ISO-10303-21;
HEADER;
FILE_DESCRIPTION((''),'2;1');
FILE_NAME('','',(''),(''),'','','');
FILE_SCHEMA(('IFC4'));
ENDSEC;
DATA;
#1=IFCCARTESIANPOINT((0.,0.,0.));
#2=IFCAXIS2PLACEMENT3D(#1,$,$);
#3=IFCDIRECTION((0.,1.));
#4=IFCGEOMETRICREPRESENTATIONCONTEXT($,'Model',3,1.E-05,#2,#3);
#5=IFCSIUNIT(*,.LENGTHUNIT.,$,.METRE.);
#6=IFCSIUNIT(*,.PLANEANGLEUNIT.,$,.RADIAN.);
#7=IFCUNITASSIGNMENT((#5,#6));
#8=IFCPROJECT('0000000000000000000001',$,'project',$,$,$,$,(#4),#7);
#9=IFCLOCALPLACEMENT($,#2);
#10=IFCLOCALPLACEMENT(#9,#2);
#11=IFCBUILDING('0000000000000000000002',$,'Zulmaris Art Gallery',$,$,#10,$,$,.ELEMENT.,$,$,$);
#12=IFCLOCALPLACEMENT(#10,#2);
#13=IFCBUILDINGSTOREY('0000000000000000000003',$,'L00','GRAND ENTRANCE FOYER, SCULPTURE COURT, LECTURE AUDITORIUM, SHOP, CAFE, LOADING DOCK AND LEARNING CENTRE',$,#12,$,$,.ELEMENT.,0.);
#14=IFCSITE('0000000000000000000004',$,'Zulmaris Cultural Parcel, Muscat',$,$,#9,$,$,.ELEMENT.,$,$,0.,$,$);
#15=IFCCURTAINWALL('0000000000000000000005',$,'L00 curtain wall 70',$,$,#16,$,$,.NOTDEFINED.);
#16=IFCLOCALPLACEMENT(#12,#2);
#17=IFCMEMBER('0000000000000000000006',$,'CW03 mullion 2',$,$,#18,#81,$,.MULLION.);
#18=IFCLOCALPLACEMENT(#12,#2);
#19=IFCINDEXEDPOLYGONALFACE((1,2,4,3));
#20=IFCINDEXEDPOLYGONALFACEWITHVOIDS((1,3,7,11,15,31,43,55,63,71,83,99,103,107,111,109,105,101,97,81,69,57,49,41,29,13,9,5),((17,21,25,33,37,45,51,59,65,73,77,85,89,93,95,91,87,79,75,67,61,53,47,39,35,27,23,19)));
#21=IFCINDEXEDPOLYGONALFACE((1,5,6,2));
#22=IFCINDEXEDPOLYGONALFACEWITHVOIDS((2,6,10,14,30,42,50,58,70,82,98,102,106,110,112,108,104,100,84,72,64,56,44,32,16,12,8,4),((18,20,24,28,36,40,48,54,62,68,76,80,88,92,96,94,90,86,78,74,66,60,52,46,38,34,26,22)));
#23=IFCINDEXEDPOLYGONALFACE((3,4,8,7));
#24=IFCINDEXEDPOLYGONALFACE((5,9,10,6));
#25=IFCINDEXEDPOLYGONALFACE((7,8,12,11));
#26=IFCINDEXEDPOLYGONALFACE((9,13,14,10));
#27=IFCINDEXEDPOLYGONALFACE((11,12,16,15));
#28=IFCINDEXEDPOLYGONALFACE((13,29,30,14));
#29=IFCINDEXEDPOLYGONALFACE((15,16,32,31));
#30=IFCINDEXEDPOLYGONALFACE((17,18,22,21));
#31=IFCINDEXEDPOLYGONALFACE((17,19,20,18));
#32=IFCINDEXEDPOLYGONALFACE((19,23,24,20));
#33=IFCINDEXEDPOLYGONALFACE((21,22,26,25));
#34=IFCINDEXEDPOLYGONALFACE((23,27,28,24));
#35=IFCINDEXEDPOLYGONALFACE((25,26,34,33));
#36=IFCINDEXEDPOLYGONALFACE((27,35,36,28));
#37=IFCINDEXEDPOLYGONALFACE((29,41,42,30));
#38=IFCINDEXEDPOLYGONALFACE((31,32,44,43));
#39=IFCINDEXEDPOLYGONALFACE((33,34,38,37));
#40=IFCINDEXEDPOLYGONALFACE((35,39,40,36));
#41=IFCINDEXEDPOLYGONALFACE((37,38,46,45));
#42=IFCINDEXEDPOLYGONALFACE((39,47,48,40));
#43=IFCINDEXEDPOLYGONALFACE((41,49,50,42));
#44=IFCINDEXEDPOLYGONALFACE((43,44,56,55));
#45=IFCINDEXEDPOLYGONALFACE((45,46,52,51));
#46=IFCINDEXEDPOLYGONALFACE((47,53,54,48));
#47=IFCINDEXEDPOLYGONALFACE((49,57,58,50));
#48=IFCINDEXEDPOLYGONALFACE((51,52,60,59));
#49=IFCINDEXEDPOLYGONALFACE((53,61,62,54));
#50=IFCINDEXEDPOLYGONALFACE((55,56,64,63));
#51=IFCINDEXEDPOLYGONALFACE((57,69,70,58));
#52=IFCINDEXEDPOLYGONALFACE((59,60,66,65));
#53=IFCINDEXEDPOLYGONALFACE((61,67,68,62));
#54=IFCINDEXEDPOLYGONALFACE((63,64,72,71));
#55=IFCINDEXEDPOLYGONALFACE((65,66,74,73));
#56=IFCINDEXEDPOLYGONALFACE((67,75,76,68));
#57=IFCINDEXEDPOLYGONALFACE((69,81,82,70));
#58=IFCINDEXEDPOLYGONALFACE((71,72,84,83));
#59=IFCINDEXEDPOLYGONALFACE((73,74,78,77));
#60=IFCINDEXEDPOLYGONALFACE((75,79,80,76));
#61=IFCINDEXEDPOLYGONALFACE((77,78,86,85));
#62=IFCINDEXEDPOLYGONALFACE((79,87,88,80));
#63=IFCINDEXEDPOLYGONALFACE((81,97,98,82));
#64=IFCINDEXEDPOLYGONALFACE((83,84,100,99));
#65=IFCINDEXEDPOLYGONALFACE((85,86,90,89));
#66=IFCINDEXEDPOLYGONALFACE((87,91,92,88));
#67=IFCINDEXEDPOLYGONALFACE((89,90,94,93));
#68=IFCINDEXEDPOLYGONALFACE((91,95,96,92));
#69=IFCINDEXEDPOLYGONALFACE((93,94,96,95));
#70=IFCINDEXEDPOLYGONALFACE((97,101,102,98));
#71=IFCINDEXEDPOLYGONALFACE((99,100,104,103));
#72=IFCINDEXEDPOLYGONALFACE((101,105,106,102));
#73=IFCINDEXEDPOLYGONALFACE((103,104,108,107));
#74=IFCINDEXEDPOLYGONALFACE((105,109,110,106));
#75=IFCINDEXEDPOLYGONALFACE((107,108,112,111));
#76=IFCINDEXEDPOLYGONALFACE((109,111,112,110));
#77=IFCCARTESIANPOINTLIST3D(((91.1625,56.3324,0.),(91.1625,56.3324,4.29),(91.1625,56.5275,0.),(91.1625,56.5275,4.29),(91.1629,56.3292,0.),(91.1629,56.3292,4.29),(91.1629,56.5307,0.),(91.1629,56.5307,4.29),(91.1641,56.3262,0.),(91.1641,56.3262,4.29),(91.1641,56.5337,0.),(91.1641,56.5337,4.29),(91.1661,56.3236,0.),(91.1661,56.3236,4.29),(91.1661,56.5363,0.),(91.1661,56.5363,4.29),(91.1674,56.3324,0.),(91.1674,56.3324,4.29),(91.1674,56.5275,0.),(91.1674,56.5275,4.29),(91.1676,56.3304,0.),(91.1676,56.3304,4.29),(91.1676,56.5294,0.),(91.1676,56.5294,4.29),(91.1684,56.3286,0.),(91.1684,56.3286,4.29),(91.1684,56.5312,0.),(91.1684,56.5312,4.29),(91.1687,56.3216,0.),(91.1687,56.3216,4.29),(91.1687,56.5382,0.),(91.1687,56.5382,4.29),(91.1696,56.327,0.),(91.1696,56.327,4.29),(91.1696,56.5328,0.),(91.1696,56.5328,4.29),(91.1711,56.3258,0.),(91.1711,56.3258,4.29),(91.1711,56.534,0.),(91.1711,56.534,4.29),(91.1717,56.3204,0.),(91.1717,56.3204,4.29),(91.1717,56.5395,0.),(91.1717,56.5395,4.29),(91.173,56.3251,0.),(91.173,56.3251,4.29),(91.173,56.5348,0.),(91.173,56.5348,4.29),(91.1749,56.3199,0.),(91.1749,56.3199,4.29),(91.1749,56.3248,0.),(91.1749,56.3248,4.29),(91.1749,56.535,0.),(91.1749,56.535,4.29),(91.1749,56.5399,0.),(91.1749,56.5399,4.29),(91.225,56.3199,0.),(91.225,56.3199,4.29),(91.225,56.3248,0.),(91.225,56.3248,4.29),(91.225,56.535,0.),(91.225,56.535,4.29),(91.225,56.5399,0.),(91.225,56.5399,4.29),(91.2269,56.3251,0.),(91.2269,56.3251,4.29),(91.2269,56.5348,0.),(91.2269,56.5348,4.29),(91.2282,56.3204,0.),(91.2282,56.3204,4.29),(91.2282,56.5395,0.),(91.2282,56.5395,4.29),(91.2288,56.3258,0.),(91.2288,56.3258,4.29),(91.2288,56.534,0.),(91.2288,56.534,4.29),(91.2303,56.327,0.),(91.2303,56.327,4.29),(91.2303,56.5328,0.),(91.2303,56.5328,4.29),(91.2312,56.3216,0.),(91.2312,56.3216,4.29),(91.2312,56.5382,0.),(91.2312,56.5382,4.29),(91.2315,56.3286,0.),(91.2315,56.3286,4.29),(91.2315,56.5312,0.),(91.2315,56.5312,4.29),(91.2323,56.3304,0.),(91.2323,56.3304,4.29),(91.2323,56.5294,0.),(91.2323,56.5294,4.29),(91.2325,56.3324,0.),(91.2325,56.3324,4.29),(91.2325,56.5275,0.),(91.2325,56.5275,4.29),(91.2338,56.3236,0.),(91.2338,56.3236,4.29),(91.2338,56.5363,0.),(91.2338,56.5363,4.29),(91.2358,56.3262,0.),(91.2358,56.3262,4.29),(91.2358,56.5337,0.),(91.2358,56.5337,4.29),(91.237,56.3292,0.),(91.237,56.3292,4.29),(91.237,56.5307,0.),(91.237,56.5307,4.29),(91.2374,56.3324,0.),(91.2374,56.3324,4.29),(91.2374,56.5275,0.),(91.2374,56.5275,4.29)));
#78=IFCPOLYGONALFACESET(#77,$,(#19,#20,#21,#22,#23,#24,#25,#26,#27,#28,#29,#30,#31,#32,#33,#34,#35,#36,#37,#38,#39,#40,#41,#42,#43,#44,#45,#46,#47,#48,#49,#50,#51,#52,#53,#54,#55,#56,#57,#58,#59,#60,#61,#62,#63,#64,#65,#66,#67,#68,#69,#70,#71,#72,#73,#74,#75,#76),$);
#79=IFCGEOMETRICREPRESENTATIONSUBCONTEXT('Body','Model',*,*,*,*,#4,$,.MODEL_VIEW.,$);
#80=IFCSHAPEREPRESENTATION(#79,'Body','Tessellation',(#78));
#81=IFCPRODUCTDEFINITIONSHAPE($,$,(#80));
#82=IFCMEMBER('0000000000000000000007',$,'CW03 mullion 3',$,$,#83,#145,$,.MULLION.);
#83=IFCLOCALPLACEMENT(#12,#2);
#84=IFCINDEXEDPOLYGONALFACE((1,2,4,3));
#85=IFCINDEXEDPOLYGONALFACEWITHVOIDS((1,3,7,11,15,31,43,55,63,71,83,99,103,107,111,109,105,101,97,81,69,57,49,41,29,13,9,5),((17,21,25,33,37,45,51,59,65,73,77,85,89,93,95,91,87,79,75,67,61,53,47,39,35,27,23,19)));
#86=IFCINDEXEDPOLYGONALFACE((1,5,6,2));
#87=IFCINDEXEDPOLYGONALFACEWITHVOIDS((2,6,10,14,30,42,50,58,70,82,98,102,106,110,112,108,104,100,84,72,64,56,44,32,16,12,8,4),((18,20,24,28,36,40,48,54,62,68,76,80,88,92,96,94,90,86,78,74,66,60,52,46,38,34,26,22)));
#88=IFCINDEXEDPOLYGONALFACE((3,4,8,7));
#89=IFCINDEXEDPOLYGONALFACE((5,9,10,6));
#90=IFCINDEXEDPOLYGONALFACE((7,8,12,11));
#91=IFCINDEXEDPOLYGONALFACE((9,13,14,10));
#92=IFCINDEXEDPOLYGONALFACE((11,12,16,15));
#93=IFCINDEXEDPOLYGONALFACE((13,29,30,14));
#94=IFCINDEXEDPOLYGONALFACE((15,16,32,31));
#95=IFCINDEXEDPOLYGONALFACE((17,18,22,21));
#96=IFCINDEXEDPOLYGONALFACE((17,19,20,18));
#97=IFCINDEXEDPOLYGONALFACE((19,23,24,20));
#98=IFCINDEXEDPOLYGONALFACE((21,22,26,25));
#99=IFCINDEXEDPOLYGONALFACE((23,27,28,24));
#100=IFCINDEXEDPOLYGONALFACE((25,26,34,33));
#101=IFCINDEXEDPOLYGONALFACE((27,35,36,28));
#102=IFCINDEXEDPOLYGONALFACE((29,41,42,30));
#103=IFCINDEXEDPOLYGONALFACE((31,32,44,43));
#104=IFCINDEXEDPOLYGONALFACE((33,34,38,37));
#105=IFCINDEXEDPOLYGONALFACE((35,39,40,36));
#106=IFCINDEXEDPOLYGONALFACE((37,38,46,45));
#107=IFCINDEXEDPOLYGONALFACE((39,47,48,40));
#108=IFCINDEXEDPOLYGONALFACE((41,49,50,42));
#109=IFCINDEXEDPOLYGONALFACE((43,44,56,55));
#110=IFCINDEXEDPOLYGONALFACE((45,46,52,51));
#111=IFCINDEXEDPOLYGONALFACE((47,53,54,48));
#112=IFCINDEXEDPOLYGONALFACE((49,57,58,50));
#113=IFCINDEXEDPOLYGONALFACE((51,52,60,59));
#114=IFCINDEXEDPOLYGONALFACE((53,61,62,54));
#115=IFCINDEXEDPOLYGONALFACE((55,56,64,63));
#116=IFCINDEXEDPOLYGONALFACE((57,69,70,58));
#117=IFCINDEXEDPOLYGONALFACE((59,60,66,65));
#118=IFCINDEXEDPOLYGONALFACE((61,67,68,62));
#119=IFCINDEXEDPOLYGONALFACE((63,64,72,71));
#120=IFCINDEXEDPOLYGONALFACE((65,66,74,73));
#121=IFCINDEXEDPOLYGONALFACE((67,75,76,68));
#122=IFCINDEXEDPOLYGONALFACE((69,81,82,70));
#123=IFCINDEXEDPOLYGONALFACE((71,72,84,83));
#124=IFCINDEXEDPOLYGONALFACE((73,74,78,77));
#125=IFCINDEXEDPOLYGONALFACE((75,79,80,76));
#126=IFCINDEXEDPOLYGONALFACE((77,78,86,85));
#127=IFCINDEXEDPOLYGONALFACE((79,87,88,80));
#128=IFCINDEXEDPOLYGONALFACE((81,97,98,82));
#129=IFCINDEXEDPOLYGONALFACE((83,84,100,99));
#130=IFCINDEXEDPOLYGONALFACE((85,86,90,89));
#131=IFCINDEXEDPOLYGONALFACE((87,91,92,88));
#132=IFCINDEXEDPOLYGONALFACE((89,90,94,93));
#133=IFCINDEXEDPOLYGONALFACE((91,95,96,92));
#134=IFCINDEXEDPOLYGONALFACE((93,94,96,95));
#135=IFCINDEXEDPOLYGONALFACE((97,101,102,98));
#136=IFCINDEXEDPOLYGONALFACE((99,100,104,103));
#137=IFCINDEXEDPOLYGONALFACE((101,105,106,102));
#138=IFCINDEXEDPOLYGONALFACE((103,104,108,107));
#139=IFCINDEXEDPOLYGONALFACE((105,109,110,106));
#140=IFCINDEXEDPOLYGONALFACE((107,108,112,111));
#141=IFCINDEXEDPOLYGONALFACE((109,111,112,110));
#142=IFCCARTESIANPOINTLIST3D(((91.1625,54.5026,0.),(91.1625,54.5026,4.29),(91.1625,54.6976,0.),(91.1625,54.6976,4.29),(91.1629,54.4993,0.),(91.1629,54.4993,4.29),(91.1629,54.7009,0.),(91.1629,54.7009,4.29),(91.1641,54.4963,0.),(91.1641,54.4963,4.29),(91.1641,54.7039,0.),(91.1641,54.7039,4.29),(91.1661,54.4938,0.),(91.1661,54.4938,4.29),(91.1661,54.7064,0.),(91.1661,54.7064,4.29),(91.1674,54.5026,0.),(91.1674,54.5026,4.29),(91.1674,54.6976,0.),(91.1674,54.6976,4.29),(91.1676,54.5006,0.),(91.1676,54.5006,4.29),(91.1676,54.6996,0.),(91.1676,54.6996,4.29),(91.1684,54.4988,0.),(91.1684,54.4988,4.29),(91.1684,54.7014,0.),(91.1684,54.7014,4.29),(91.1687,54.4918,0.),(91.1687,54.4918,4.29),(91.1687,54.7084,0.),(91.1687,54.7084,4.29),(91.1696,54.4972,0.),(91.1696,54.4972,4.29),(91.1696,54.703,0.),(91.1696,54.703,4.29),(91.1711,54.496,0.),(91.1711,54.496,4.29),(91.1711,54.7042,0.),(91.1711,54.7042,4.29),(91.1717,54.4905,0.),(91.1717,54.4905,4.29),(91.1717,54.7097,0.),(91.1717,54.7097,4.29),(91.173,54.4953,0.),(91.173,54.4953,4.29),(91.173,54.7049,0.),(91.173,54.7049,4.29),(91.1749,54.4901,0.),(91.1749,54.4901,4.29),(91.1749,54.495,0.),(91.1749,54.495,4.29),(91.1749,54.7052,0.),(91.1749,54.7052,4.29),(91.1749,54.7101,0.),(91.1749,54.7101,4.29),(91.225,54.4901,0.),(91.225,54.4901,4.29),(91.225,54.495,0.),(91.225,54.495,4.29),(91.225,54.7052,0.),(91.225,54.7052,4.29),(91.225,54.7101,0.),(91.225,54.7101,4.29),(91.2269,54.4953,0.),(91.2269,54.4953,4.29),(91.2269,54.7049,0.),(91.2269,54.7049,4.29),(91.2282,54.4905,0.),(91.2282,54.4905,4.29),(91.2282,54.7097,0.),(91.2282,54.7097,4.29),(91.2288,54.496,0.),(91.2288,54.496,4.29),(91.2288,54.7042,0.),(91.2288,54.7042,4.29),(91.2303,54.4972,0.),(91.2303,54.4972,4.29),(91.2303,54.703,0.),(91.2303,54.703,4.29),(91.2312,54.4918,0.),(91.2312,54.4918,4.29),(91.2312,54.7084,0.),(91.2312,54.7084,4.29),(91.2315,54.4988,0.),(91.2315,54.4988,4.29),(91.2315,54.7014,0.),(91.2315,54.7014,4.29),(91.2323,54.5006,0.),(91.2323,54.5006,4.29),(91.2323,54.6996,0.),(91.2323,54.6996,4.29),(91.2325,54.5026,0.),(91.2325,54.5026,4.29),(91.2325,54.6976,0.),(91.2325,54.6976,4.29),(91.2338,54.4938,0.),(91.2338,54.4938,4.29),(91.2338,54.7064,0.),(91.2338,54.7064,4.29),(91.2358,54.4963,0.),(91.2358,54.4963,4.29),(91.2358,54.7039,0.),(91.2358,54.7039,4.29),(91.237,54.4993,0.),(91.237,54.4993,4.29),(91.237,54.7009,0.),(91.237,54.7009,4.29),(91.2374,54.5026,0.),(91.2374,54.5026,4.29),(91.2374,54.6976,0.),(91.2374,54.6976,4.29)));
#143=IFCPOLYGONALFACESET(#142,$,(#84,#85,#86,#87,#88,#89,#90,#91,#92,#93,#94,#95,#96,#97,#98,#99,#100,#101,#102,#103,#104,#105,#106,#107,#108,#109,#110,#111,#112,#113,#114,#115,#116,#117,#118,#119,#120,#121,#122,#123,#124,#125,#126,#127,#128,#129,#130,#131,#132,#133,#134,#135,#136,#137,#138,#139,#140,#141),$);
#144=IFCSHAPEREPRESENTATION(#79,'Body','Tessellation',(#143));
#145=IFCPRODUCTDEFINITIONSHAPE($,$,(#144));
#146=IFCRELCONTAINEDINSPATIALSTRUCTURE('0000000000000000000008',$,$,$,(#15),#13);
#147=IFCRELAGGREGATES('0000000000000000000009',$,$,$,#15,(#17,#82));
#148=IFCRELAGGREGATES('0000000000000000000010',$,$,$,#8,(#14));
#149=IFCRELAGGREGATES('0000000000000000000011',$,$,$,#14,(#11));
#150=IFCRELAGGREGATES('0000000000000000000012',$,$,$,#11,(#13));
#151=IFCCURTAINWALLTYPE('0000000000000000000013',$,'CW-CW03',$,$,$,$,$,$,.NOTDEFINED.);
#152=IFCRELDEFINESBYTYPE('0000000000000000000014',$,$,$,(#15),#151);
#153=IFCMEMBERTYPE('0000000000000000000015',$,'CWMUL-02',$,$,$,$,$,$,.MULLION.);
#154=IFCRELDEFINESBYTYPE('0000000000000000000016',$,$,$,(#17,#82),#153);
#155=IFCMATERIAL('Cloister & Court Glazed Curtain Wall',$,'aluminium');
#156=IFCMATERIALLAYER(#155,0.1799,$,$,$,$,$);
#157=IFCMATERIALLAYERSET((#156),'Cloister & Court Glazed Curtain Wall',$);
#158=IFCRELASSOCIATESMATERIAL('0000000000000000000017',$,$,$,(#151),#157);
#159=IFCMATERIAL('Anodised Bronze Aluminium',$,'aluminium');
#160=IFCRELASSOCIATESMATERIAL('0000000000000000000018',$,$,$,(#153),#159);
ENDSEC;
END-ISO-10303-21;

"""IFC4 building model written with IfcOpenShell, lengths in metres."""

from ifc_helpers import new_model, si_unit, direction, frame, origin, origin_2d, place, context, subcontext, project, spatial, hollow_rectangle, extrude, material, layer, layer_set, material_profile, profile_set, type_object, element, aggregate, save


model = new_model("IFC4")

# Units and contexts
model_context = context("Model", 3, precision=1e-05, world=origin(), true_north=direction((0.0, 1.0)))
body_context = subcontext(model_context, "Body", "Model", "MODEL_VIEW")
ifc_project = project(units=[si_unit("LENGTHUNIT", "METRE"), si_unit("PLANEANGLEUNIT", "RADIAN")], contexts=[model_context])

# Site, building, storey
site_placement = place(None, origin())
site = spatial("IfcSite", under=ifc_project, at=site_placement, Name="Zulmaris Cultural Parcel, Muscat", CompositionType="ELEMENT", RefElevation=0.0)
building_placement = place(site_placement, origin())
building = spatial("IfcBuilding", under=site, at=building_placement, Name="Zulmaris Art Gallery", CompositionType="ELEMENT")
storey_placement = place(building_placement, origin())
storey = spatial("IfcBuildingStorey", under=building, at=storey_placement, Name="L00", Description="GRAND ENTRANCE FOYER, SCULPTURE COURT, LECTURE AUDITORIUM, SHOP, CAFE, LOADING DOCK AND LEARNING CENTRE", CompositionType="ELEMENT", Elevation=0.0)

# Shared definitions
ifc_material_1 = material(Name="Cloister & Court Glazed Curtain Wall", Category="aluminium")
ifc_layer_1 = layer(ifc_material_1, 0.1799)
ifc_layer_set_1 = layer_set([ifc_layer_1], Name="Cloister & Court Glazed Curtain Wall")
curtain_wall_type_1 = type_object("IfcCurtainWallType", Name="CW-CW03", PredefinedType="NOTDEFINED", material=ifc_layer_set_1)
ifc_material_2 = material(Name="Anodised Bronze Aluminium", Category="aluminium")
ifc_material_profile_1 = material_profile(ifc_material_2, hollow_rectangle(XDim=0.075, YDim=0.22, WallThickness=0.0049, InnerFilletRadius=0.0076, OuterFilletRadius=0.0125, at=origin_2d()), Name="ALU 75x220x5")
ifc_profile_set_1 = profile_set([ifc_material_profile_1], Name="Anodised Bronze Aluminium")
member_type_1 = type_object("IfcMemberType", Name="CWMUL-02", PredefinedType="MULLION", material=ifc_profile_set_1)

# Curtain wall, members
curtain_wall_1_placement = place(storey_placement, origin())
curtain_wall_1 = element("IfcCurtainWall", 1, at=curtain_wall_1_placement, inside=storey, type_object=curtain_wall_type_1, Name="L00 curtain wall 70", PredefinedType="NOTDEFINED")
member_1_placement = place(storey_placement, frame((91.2, 56.4299, 0.0), z_axis=(0.0, 0.0, 1.0), x_axis=(1.0, 0.0, 0.0)))
member_1 = element("IfcMember", 2, at=member_1_placement, type_object=member_type_1, Name="CW03 mullion 2", PredefinedType="MULLION", context=body_context, shape_type="SweptSolid", body=[
    extrude(hollow_rectangle(XDim=0.075, YDim=0.22, WallThickness=0.0049, InnerFilletRadius=0.0076, OuterFilletRadius=0.0125, at=origin_2d()), origin(), (0.0, 0.0, 1.0), 4.29),
])
member_2_placement = place(storey_placement, frame((91.2, 54.6001, 0.0), z_axis=(0.0, 0.0, 1.0), x_axis=(1.0, 0.0, 0.0)))
member_2 = element("IfcMember", 3, at=member_2_placement, type_object=member_type_1, Name="CW03 mullion 3", PredefinedType="MULLION", context=body_context, shape_type="SweptSolid", body=[
    extrude(hollow_rectangle(XDim=0.075, YDim=0.22, WallThickness=0.0049, InnerFilletRadius=0.0076, OuterFilletRadius=0.0125, at=origin_2d()), origin(), (0.0, 0.0, 1.0), 4.29),
])

aggregate(curtain_wall_1, [member_1, member_2])

save(model, "model.ifc")
